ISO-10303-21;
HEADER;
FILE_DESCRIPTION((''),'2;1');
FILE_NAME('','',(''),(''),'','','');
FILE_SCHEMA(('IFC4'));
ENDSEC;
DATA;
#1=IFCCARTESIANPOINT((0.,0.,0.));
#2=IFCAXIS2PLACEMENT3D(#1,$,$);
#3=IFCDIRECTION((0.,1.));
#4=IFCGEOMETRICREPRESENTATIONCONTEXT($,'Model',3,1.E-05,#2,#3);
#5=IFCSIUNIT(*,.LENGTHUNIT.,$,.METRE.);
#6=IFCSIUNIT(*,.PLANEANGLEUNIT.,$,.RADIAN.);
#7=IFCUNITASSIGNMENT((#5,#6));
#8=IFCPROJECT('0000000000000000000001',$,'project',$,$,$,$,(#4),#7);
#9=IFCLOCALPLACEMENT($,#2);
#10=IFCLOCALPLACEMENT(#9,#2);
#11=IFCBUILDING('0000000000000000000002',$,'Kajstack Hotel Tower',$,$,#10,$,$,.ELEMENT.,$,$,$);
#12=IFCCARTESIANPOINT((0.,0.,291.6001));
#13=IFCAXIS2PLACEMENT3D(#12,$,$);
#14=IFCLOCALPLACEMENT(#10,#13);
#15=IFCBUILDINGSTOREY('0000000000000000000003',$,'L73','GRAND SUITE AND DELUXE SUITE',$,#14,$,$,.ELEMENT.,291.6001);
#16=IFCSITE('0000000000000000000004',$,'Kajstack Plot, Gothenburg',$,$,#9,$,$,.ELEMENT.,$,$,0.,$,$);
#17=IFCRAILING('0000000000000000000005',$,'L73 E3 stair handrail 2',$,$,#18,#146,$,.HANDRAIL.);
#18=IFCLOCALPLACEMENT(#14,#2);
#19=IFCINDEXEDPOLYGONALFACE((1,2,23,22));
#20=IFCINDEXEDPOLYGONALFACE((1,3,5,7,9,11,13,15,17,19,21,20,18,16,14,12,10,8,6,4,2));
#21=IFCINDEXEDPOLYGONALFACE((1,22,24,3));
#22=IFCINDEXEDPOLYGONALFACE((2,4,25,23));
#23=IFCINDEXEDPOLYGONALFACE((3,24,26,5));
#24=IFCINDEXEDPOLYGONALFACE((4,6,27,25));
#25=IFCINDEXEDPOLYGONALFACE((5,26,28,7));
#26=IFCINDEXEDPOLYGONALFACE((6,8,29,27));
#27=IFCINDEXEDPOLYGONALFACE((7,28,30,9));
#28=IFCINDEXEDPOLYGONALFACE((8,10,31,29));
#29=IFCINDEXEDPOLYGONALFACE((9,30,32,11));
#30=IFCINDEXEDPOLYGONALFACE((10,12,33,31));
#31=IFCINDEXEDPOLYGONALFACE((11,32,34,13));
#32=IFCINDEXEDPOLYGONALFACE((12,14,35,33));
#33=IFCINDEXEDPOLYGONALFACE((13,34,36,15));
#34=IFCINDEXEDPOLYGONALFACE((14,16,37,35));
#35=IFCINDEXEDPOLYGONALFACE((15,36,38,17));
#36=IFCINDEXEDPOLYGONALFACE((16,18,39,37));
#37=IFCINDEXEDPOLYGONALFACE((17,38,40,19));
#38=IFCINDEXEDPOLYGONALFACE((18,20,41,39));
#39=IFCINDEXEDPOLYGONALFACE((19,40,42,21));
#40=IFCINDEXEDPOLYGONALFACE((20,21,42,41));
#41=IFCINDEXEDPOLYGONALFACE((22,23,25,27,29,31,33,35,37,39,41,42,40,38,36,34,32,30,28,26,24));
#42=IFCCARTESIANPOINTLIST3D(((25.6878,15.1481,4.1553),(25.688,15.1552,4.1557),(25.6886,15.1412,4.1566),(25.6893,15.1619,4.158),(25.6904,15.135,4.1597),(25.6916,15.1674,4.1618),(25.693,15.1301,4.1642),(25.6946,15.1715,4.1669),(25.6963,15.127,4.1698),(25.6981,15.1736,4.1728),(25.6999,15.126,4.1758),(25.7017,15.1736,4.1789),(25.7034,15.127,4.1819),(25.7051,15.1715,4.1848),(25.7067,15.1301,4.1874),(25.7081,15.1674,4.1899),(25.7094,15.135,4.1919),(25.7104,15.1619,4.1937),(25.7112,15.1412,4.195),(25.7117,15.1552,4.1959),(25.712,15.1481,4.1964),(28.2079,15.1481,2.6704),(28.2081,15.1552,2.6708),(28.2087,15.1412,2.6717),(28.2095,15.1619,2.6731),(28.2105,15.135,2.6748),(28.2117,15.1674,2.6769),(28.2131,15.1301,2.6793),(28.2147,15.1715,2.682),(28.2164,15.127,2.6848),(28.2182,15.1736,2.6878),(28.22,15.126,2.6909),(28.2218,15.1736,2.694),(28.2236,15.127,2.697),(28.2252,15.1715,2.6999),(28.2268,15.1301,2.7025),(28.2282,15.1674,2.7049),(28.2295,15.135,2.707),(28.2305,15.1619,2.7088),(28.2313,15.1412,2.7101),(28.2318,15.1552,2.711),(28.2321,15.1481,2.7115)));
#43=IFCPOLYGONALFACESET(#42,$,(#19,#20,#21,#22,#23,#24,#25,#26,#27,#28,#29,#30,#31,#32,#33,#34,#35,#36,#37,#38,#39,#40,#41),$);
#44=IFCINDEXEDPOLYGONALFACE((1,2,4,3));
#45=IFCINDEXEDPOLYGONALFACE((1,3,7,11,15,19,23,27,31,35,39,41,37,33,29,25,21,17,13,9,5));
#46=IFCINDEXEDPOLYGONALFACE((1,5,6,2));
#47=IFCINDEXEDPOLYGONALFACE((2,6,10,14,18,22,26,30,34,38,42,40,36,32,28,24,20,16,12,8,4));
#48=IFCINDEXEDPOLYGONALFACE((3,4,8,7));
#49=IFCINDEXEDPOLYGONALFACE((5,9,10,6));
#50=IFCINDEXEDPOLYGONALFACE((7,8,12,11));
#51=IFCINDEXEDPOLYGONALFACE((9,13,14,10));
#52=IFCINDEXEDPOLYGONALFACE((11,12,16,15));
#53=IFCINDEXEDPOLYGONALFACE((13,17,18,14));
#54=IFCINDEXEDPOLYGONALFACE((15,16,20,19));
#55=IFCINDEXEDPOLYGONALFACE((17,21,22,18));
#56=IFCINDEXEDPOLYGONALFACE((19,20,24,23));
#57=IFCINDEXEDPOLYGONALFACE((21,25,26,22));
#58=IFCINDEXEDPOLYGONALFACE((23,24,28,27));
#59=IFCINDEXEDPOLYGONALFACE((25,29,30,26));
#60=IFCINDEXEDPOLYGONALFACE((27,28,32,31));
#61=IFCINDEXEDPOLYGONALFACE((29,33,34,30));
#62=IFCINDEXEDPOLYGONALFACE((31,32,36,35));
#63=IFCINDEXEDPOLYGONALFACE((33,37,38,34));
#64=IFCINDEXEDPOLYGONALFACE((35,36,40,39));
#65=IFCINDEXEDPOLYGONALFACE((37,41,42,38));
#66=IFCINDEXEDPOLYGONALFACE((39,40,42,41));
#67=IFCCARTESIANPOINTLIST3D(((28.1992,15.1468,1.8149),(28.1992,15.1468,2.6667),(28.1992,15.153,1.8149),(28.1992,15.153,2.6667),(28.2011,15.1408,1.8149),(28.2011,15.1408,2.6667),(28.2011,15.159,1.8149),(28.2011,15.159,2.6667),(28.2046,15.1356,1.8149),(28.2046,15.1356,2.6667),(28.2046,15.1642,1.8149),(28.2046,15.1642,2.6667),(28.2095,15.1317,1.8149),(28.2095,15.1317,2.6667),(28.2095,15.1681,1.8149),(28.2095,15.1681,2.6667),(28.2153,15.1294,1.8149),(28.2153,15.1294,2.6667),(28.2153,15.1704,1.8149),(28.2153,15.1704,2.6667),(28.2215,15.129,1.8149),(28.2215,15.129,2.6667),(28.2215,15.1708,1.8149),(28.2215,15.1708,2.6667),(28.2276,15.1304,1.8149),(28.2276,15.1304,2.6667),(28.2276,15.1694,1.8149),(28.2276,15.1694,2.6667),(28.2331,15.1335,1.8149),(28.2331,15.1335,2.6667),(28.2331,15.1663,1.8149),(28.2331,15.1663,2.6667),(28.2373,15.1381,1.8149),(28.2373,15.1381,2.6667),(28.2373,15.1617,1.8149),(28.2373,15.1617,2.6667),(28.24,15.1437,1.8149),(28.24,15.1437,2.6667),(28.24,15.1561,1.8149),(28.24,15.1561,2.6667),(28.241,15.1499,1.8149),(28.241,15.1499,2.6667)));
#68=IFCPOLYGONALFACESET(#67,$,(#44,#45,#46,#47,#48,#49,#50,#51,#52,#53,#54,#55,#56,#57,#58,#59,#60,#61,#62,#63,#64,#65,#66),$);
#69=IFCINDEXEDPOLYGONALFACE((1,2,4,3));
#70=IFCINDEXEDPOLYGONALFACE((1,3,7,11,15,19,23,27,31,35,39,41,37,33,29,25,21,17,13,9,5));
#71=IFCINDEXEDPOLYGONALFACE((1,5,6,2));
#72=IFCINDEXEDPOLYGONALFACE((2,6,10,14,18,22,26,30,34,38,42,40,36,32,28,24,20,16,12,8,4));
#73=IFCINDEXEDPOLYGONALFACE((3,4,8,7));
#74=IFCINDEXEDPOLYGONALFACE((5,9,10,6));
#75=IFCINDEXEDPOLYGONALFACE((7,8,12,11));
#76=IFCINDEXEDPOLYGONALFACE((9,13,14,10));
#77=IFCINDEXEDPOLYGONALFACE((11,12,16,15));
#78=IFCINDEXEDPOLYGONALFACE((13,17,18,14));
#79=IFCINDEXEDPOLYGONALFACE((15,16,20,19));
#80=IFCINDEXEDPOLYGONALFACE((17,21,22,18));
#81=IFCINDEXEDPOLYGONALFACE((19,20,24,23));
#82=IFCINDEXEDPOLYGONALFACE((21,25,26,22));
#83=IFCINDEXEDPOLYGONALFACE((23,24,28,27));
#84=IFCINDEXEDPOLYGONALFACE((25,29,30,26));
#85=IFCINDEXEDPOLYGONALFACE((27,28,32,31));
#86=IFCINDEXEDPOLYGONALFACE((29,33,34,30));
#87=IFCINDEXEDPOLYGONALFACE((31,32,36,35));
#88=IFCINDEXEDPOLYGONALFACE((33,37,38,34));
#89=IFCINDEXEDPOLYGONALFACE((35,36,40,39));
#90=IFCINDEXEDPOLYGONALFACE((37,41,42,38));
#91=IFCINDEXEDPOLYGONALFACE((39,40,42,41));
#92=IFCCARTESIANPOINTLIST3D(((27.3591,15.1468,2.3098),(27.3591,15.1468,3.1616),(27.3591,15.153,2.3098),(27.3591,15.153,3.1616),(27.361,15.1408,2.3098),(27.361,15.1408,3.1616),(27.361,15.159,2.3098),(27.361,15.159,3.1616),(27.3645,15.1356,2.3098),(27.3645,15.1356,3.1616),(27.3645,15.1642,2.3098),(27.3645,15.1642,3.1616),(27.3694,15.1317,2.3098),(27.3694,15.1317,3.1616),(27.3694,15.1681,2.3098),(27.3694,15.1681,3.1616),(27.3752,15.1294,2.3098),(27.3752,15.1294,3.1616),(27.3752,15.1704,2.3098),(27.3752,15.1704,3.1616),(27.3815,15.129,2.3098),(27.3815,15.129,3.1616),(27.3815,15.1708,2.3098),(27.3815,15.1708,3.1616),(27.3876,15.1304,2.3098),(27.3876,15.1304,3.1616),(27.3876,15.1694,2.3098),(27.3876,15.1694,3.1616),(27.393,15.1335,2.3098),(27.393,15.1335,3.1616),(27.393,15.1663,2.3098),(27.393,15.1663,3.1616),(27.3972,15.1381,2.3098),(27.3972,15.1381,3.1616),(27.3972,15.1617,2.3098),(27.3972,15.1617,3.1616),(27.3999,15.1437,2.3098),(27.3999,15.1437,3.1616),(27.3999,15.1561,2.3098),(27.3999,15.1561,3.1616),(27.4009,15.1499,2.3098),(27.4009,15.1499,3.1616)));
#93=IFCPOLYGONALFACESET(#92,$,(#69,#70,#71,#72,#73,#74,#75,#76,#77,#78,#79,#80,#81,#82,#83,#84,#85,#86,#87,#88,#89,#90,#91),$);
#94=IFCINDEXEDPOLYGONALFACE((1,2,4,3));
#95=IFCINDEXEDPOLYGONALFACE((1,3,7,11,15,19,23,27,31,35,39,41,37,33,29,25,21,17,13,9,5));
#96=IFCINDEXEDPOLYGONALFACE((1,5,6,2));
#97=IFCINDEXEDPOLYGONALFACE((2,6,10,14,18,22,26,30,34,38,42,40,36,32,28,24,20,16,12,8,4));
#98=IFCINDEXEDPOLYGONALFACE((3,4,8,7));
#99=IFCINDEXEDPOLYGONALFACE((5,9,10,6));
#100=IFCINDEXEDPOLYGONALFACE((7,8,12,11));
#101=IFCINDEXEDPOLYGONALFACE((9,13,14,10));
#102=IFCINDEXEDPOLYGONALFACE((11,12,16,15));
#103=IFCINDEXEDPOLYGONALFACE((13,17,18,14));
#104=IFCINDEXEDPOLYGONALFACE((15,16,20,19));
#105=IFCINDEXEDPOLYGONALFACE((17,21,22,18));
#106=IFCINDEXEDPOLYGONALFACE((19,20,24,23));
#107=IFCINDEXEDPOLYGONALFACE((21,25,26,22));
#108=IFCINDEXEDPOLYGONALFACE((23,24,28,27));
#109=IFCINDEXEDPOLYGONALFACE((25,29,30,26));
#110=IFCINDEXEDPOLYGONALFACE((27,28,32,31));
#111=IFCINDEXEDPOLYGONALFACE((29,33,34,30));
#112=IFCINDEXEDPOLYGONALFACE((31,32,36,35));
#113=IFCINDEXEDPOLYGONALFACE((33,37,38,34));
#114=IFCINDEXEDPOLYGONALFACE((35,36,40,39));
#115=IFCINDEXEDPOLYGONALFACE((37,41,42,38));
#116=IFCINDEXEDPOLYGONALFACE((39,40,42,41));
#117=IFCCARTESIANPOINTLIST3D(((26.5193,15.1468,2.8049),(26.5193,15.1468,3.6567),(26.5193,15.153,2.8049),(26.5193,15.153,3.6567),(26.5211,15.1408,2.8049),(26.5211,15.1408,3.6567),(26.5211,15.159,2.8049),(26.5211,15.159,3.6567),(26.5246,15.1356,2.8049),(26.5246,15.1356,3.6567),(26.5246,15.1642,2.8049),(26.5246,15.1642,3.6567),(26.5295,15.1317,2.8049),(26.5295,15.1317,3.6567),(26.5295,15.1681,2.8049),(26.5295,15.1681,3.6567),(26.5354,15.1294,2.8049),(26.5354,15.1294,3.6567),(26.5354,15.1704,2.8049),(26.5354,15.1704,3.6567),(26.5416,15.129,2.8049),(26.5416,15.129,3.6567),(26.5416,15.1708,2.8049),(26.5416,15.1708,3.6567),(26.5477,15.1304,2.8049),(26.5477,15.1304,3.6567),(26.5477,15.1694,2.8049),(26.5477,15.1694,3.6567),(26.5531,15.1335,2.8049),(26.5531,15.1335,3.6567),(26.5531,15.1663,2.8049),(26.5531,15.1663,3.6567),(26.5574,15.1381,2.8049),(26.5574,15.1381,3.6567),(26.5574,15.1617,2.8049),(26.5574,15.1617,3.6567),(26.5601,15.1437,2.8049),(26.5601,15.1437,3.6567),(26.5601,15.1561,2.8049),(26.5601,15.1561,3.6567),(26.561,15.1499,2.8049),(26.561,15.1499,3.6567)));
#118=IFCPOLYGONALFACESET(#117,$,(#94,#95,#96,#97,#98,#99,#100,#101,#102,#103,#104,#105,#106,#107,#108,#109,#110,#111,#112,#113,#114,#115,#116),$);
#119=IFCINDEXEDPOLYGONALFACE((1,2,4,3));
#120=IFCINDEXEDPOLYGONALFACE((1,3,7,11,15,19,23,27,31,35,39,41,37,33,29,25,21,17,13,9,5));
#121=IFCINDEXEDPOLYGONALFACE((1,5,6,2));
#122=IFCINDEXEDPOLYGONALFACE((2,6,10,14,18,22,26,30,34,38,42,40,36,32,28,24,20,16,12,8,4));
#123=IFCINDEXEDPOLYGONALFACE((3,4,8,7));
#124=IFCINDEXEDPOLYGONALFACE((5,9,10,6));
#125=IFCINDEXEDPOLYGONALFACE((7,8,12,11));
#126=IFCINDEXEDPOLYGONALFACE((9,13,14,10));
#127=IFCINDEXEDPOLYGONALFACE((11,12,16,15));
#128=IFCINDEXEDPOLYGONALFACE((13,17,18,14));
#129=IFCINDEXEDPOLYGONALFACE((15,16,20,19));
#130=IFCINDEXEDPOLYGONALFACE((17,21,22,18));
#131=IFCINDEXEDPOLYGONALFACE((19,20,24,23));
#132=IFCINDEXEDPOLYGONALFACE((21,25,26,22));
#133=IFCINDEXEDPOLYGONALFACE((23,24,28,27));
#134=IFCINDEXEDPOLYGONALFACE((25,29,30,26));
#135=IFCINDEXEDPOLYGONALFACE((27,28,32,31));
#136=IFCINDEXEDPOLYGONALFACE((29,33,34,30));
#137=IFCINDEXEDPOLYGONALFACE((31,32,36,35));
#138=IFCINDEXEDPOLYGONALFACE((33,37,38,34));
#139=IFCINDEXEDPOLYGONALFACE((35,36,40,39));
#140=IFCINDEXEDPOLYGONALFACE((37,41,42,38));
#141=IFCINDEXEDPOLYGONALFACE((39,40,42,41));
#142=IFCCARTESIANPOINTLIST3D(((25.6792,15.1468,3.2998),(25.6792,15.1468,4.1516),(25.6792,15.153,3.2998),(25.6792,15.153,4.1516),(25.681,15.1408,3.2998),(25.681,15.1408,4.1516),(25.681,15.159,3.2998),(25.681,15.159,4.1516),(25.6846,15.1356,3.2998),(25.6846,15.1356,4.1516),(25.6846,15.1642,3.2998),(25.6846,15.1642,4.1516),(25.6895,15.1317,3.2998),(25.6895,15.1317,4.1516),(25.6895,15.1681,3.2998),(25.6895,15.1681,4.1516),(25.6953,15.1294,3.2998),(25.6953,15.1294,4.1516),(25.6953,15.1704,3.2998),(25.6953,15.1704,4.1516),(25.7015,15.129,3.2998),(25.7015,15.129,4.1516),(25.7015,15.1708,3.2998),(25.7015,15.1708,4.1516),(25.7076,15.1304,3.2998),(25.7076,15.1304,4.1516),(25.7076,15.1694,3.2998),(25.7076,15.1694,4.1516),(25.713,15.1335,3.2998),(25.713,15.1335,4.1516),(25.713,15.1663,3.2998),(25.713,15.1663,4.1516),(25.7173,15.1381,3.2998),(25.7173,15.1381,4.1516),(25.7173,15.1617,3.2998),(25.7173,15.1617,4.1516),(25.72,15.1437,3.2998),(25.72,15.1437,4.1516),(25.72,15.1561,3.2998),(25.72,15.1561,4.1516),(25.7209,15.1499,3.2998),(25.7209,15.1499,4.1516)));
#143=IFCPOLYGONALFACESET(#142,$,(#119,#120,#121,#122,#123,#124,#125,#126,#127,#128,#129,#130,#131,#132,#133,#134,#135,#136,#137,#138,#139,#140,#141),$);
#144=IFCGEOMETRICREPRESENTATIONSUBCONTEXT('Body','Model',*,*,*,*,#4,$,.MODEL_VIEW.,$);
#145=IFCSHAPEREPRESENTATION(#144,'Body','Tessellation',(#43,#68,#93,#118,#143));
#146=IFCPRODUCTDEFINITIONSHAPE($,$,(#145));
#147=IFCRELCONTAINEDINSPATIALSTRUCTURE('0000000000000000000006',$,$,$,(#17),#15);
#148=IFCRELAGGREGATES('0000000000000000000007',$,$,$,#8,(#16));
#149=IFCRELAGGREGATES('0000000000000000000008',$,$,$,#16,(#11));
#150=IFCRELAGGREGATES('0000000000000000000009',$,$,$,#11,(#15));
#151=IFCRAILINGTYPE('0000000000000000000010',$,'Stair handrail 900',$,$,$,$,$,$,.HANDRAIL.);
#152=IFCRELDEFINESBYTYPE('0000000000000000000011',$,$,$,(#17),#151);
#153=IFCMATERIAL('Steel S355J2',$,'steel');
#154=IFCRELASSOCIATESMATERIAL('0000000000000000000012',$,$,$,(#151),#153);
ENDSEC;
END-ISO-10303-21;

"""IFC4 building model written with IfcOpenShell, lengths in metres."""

from ifc_helpers import new_model, si_unit, direction, frame, origin, origin_2d, place, context, subcontext, project, spatial, circle, extrude, material, type_object, element, save


model = new_model("IFC4")

# Units and contexts
model_context = context("Model", 3, precision=1e-05, world=origin(), true_north=direction((0.0, 1.0)))
body_context = subcontext(model_context, "Body", "Model", "MODEL_VIEW")
ifc_project = project(units=[si_unit("LENGTHUNIT", "METRE"), si_unit("PLANEANGLEUNIT", "RADIAN")], contexts=[model_context])

# Site, building, storey
site_placement = place(None, origin())
site = spatial("IfcSite", under=ifc_project, at=site_placement, Name="Kajstack Plot, Gothenburg", CompositionType="ELEMENT", RefElevation=0.0)
building_placement = place(site_placement, origin())
building = spatial("IfcBuilding", under=site, at=building_placement, Name="Kajstack Hotel Tower", CompositionType="ELEMENT")
storey_placement = place(building_placement, frame((0.0, 0.0, 291.6001)))
storey = spatial("IfcBuildingStorey", under=building, at=storey_placement, Name="L73", Description="GRAND SUITE AND DELUXE SUITE", CompositionType="ELEMENT", Elevation=291.6001)

# Railing
ifc_material_1 = material(Name="Steel S355J2", Category="steel")
railing_type_1 = type_object("IfcRailingType", Name="Stair handrail 900", PredefinedType="HANDRAIL", material=ifc_material_1)
railing_1_placement = place(storey_placement, frame((28.22, 15.1499, 1.8149)))
element("IfcRailing", 1, at=railing_1_placement, inside=storey, type_object=railing_type_1, Name="L73 E3 stair handrail 2", PredefinedType="HANDRAIL", context=body_context, shape_type="SweptSolid", body=[
    extrude(circle(Radius=0.0239, at=origin_2d()), frame((0.0, 0.0, 0.876), z_axis=(-0.861561, 0.0, 0.507655), x_axis=(0.0, -1.0, 0.0)), (0.0, 0.0, 1.0), 2.925),
    extrude(circle(Radius=0.021, at=origin_2d()), origin(), (0.0, 0.0, 1.0), 0.8518),
    extrude(circle(Radius=0.021, at=origin_2d()), frame((-0.8401, 0.0, 0.4949)), (0.0, 0.0, 1.0), 0.8518),
    extrude(circle(Radius=0.021, at=origin_2d()), frame((-1.6799, 0.0, 0.99)), (0.0, 0.0, 1.0), 0.8518),
    extrude(circle(Radius=0.021, at=origin_2d()), frame((-2.52, 0.0, 1.4849)), (0.0, 0.0, 1.0), 0.8518),
])

save(model, "model.ifc")
